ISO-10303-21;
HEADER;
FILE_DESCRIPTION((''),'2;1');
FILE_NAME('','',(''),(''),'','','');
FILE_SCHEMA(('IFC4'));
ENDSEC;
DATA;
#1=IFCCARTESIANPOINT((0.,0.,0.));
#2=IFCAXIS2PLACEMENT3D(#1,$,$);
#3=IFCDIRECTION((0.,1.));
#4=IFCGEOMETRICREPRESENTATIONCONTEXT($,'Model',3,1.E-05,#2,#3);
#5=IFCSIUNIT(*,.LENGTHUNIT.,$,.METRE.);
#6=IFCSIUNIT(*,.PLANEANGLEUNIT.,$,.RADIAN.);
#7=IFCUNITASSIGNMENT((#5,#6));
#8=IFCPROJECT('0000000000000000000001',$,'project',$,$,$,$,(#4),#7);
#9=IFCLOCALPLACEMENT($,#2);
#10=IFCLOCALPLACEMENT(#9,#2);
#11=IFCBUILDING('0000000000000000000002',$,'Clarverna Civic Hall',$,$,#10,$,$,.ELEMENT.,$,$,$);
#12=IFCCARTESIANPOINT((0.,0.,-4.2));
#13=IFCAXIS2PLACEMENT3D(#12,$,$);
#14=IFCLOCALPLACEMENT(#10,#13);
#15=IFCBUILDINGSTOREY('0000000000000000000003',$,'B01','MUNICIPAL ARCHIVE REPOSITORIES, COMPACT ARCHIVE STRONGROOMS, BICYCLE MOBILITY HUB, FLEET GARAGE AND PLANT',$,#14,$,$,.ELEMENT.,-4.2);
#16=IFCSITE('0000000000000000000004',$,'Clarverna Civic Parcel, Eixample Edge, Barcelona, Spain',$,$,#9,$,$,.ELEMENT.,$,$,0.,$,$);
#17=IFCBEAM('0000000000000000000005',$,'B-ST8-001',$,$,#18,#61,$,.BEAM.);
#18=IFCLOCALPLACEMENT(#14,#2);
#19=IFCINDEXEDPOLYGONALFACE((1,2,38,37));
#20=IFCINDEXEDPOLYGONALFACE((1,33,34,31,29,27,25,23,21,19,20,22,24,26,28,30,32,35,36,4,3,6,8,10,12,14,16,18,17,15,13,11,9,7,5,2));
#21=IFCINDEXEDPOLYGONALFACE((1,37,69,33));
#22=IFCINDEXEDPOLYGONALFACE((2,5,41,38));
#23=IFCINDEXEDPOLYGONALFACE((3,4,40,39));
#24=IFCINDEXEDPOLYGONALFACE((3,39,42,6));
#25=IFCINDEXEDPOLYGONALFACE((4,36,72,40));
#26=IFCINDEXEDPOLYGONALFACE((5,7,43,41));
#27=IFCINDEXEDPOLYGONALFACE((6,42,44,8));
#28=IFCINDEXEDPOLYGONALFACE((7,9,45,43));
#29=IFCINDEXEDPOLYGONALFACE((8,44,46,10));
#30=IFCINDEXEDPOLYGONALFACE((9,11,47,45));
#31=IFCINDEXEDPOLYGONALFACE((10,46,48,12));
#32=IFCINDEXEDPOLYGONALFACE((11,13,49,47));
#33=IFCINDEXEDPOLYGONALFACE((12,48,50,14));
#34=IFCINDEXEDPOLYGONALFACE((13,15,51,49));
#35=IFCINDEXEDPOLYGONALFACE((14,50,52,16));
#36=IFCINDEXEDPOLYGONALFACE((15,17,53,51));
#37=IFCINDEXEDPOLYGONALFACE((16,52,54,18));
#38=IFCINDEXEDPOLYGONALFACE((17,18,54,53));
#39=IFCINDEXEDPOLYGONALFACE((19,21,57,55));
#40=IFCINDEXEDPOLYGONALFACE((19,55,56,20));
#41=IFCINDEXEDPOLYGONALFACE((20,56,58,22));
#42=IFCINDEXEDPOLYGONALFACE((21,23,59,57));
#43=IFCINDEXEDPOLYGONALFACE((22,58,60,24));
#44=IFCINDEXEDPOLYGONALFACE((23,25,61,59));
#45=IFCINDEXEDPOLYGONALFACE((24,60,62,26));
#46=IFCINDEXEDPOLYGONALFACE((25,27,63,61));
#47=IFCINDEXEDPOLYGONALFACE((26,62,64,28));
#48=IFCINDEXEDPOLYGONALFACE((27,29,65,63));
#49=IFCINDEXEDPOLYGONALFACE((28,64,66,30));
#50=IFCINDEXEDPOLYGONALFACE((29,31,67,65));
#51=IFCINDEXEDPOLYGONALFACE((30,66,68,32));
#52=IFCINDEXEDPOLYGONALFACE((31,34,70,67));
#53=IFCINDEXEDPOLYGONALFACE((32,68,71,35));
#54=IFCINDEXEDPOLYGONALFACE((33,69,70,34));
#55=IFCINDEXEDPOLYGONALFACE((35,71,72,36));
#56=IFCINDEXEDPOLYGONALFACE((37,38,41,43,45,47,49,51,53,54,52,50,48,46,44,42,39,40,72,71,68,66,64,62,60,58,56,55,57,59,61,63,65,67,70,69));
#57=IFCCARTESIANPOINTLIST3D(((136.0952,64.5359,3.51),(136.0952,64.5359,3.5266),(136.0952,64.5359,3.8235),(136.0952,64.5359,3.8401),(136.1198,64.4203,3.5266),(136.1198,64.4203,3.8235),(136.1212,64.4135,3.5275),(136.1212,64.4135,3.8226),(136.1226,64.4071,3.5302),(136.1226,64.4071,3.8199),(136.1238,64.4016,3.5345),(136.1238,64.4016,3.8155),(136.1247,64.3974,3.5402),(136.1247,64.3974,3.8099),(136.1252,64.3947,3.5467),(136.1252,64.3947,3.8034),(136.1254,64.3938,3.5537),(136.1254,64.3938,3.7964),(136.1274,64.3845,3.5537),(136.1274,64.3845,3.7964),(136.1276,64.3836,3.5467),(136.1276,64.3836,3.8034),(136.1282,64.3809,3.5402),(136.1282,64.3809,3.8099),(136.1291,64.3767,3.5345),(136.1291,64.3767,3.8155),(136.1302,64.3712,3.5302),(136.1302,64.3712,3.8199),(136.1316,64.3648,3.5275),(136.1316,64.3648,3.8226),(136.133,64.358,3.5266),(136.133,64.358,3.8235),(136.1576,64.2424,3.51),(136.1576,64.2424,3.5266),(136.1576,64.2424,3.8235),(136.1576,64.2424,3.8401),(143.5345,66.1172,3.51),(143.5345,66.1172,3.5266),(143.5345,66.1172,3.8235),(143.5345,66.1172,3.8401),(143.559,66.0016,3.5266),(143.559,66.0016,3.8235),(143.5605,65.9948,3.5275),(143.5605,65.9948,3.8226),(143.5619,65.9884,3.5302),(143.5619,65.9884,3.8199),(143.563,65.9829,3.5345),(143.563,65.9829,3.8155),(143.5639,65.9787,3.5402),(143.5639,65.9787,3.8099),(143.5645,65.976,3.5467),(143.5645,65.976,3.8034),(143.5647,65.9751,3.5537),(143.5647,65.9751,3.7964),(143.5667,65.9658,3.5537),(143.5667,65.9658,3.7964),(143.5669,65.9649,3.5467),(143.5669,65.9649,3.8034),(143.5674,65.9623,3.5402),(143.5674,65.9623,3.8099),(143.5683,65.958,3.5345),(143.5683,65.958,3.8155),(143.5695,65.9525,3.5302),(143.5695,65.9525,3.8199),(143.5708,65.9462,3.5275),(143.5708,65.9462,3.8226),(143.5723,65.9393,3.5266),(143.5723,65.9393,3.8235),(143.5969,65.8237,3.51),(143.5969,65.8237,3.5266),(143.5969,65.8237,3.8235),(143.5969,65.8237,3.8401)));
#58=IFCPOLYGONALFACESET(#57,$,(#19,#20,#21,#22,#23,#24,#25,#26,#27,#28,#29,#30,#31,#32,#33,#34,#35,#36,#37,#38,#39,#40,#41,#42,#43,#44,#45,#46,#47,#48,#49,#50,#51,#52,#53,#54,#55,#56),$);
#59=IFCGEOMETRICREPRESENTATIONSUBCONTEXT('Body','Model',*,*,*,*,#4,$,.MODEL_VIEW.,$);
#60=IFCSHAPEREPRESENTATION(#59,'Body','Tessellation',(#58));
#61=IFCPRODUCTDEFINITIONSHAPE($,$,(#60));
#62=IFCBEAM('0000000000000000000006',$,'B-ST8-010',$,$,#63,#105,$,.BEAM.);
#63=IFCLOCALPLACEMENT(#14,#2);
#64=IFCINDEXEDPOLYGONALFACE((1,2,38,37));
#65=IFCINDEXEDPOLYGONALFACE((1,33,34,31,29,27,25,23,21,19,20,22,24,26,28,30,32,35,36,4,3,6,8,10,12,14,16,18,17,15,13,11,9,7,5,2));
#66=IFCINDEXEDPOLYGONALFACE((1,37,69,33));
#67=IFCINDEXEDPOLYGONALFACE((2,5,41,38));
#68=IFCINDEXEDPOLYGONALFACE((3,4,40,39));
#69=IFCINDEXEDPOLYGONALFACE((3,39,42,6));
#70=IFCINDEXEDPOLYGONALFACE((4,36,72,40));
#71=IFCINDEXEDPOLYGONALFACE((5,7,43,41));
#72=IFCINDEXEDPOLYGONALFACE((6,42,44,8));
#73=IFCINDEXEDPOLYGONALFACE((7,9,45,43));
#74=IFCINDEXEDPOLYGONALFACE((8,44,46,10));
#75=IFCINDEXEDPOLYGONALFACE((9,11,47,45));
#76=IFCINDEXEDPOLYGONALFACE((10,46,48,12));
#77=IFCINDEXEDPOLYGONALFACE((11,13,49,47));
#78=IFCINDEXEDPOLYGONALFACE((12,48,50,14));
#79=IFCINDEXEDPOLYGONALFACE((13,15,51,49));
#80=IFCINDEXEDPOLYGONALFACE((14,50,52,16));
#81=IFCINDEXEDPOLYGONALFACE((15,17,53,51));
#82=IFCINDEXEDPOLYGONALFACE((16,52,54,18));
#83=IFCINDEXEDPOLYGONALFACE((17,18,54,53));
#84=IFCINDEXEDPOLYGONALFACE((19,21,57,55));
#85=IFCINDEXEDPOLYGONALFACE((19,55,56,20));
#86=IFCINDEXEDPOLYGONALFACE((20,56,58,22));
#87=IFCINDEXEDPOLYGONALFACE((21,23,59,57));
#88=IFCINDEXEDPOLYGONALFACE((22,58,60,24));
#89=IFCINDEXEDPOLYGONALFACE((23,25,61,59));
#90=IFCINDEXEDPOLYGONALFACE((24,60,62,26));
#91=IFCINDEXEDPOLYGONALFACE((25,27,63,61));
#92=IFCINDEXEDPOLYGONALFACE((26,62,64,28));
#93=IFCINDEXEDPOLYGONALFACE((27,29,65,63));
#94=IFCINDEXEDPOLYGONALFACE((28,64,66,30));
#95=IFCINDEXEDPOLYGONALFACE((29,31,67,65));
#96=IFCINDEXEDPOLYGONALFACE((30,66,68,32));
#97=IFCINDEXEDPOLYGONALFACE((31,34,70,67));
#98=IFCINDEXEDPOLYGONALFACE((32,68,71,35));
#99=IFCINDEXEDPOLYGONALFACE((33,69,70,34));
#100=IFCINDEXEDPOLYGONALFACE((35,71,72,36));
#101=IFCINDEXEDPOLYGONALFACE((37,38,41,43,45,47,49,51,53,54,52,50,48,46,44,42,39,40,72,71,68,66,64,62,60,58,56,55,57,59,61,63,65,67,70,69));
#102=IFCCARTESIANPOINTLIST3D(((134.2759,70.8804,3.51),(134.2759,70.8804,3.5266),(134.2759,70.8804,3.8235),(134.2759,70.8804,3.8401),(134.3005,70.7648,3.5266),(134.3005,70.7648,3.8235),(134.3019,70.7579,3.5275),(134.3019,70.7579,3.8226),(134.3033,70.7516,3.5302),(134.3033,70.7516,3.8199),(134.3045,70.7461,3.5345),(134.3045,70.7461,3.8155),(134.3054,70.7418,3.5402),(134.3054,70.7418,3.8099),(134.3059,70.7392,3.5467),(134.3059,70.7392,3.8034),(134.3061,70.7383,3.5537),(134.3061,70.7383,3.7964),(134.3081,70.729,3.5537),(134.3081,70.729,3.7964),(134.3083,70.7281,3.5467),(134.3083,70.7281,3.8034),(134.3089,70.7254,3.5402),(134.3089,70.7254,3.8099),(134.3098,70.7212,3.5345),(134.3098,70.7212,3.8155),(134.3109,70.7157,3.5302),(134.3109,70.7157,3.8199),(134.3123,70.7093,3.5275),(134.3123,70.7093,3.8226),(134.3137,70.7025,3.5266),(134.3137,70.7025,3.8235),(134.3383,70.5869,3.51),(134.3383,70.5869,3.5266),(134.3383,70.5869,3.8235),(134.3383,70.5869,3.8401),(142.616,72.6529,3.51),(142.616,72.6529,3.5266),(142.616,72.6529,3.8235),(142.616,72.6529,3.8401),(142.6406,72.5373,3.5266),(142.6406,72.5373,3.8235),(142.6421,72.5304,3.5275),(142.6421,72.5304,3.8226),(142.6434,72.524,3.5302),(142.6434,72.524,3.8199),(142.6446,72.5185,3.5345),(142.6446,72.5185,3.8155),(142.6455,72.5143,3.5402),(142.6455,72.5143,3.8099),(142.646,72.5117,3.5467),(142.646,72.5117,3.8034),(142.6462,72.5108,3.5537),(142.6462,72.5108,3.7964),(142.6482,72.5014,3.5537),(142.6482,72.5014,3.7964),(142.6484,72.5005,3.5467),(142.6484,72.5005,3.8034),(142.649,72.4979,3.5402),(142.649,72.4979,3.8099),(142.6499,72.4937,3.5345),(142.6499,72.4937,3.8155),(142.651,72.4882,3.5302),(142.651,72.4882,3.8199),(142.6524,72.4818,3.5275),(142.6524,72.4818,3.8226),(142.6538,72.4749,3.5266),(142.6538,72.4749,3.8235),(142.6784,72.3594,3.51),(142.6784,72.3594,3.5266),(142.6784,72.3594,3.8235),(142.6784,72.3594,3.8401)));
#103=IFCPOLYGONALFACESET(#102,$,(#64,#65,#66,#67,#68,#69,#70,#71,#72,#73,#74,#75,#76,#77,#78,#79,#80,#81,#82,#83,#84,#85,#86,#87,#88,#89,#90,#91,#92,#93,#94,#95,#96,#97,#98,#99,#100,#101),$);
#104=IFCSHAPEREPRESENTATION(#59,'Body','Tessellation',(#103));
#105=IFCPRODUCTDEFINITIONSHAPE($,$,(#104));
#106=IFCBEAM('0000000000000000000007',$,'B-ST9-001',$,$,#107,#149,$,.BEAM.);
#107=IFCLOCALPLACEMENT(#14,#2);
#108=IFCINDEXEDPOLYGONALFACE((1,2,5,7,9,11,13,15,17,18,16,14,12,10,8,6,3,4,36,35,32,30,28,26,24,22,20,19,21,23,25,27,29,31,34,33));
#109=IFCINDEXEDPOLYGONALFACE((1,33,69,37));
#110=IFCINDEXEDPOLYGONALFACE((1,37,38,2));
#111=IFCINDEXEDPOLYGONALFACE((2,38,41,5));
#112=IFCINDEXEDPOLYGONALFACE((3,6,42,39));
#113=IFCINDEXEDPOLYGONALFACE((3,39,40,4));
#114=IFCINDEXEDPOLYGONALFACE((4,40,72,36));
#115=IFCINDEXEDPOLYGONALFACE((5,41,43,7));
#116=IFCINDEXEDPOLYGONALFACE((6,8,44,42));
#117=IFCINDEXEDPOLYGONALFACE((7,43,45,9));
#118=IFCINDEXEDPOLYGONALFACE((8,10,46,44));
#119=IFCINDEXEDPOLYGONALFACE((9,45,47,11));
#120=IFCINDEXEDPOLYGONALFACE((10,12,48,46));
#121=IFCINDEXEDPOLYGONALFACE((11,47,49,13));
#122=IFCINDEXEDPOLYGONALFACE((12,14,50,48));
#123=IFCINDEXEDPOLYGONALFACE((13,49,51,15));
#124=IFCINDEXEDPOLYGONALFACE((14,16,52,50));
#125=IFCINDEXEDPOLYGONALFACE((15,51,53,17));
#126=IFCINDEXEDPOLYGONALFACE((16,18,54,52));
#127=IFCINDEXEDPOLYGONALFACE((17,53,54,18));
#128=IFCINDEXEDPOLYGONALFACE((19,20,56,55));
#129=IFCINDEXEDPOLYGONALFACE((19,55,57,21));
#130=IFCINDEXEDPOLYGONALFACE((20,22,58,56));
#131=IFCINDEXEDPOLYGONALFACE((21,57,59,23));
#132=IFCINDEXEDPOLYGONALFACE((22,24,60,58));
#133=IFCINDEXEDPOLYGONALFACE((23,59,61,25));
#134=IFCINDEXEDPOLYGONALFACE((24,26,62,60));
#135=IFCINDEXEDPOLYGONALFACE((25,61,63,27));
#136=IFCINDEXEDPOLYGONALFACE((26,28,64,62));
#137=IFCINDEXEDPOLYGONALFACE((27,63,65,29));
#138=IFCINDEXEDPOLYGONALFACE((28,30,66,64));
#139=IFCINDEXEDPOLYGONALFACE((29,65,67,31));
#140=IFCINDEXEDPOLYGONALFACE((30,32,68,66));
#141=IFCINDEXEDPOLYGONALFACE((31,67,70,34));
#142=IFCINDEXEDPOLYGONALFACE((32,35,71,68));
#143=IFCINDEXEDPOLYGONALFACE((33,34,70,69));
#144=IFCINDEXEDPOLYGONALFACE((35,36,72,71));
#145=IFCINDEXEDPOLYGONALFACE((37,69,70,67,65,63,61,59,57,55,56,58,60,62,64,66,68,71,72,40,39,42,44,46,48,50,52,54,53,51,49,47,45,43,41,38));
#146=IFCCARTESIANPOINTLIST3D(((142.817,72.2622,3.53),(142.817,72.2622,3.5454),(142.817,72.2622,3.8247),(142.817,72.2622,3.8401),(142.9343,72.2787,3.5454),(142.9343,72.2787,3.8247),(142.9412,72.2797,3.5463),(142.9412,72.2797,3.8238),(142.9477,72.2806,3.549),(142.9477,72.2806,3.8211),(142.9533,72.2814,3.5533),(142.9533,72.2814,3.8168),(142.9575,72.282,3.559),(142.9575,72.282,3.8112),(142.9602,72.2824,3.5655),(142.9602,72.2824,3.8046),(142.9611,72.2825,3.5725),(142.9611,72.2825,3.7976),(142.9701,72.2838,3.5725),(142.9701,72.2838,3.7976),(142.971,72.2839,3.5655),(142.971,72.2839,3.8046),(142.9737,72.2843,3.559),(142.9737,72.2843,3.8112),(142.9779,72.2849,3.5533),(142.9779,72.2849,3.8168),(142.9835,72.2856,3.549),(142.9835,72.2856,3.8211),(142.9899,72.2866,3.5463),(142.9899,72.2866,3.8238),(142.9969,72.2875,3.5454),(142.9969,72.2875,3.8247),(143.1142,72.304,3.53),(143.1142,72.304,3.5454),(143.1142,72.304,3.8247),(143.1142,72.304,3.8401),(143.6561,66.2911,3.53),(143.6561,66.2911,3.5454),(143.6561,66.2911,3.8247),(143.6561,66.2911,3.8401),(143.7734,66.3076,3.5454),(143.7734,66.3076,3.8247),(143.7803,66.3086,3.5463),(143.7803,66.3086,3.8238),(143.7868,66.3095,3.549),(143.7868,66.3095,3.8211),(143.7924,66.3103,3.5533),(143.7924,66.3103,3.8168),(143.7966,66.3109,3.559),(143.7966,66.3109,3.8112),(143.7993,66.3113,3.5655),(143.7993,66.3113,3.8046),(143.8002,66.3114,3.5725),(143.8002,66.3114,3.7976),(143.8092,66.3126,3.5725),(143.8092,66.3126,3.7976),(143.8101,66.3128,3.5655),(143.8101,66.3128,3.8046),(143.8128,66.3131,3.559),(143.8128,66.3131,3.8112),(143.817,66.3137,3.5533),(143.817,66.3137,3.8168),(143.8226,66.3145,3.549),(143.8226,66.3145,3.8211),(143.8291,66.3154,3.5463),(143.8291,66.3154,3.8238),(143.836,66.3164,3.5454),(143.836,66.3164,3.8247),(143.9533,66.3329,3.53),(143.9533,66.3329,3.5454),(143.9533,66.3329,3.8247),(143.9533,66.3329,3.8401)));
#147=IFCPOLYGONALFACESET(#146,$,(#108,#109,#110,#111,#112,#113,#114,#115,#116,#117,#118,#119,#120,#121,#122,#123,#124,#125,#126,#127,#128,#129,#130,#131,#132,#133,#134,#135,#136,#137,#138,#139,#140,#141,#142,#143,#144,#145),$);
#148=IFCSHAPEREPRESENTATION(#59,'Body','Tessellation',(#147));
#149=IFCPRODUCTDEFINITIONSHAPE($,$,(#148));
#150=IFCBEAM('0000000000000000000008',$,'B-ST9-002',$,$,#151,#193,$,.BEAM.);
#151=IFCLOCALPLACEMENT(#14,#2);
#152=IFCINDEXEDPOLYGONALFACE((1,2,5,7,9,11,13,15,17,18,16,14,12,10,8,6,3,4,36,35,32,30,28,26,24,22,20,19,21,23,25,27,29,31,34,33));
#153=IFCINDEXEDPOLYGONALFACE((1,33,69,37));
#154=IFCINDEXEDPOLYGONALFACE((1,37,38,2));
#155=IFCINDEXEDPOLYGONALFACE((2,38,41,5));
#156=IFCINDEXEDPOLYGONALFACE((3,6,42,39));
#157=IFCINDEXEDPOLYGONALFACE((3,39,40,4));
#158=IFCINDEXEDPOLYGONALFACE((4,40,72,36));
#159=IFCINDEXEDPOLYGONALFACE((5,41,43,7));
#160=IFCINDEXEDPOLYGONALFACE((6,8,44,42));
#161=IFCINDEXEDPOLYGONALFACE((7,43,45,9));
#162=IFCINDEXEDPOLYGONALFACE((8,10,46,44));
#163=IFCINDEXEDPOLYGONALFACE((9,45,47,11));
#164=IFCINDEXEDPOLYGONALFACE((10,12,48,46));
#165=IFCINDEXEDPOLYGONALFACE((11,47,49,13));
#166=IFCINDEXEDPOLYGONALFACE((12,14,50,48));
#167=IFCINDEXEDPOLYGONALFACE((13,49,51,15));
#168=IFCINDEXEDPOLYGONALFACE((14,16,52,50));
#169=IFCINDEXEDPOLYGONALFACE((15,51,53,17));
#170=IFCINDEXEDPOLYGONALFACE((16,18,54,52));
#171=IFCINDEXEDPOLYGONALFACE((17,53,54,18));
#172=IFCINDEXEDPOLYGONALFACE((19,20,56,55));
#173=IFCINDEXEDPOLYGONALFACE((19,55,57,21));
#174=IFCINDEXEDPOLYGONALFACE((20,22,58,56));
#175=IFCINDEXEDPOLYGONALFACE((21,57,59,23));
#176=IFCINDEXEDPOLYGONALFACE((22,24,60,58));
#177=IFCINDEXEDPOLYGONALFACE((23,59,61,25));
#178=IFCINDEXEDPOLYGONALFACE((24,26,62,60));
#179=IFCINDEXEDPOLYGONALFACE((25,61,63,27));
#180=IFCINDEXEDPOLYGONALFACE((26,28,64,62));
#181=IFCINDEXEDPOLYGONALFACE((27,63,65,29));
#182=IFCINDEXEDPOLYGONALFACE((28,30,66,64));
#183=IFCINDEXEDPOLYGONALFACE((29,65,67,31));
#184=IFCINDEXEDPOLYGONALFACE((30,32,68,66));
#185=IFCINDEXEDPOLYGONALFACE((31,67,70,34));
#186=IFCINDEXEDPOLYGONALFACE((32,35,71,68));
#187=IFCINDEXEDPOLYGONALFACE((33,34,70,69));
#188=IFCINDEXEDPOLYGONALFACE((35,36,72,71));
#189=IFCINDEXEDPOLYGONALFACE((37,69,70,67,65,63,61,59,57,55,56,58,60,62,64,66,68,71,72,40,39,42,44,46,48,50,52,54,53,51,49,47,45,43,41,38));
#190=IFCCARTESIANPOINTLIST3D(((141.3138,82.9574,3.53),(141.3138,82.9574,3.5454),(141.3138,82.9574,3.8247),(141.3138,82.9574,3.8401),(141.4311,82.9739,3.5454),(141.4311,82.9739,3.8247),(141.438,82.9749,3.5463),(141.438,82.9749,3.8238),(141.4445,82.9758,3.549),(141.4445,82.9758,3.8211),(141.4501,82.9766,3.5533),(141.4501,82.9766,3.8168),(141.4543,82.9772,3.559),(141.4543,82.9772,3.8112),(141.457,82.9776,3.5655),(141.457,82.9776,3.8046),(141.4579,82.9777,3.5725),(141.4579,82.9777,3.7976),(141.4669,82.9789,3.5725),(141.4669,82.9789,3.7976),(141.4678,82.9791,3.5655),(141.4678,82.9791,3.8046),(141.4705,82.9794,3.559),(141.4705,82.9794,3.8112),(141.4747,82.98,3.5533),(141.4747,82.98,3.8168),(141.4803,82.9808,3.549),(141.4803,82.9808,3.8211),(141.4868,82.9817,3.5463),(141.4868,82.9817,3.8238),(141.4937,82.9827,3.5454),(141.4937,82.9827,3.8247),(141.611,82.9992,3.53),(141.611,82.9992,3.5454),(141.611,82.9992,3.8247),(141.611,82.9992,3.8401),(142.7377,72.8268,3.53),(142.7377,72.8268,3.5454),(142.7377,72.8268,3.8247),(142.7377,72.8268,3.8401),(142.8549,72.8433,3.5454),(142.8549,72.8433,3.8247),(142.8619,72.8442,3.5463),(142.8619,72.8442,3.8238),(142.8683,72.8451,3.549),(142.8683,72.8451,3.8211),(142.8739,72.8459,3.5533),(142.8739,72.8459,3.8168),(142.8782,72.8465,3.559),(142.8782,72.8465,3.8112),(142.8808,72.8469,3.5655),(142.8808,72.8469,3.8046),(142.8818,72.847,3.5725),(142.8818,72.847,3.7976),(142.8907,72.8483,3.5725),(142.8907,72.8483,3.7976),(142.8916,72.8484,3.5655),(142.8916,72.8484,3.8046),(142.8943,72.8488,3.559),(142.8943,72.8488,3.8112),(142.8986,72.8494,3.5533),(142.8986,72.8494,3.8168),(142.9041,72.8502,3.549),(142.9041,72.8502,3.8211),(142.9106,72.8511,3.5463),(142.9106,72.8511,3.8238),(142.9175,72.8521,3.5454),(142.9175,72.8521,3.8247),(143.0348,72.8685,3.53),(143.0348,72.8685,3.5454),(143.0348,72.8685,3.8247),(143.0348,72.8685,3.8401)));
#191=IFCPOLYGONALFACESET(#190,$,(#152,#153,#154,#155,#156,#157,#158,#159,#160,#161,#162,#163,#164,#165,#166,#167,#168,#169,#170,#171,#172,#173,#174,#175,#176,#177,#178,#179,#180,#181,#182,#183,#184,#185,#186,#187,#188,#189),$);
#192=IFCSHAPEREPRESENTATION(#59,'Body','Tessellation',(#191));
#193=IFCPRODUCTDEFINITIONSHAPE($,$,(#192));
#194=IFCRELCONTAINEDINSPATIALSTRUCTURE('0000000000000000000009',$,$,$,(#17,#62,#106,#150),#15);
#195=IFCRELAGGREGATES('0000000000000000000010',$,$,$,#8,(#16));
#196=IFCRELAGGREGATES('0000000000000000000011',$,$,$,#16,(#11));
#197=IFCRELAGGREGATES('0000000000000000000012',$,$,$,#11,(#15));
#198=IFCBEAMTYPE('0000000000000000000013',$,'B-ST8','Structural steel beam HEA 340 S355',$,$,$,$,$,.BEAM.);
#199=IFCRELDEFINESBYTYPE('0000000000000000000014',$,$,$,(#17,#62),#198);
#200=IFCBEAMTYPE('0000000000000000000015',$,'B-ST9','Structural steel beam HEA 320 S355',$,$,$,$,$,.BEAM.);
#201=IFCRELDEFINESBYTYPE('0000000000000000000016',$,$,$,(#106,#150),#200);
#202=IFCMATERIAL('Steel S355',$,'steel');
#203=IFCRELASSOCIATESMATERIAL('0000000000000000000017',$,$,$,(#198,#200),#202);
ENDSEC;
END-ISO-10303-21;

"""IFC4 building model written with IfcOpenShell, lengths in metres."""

from ifc_helpers import new_model, si_unit, direction, frame, origin, origin_2d, place, context, subcontext, project, spatial, i_section, extrude, material, material_profile, profile_set, type_object, element, save


model = new_model("IFC4")

# Units and contexts
model_context = context("Model", 3, precision=1e-05, world=origin(), true_north=direction((0.0, 1.0)))
body_context = subcontext(model_context, "Body", "Model", "MODEL_VIEW")
ifc_project = project(units=[si_unit("LENGTHUNIT", "METRE"), si_unit("PLANEANGLEUNIT", "RADIAN")], contexts=[model_context])

# Site, building, storey
site_placement = place(None, origin())
site = spatial("IfcSite", under=ifc_project, at=site_placement, Name="Clarverna Civic Parcel, Eixample Edge, Barcelona, Spain", CompositionType="ELEMENT", RefElevation=0.0)
building_placement = place(site_placement, origin())
building = spatial("IfcBuilding", under=site, at=building_placement, Name="Clarverna Civic Hall", CompositionType="ELEMENT")
storey_placement = place(building_placement, frame((0.0, 0.0, -4.2)))
storey = spatial("IfcBuildingStorey", under=building, at=storey_placement, Name="B01", Description="MUNICIPAL ARCHIVE REPOSITORIES, COMPACT ARCHIVE STRONGROOMS, BICYCLE MOBILITY HUB, FLEET GARAGE AND PLANT", CompositionType="ELEMENT", Elevation=-4.2)

# Beams
ifc_material_1 = material(Name="Steel S355", Category="steel")
ifc_material_profile_1 = material_profile(ifc_material_1, i_section(OverallWidth=0.3, OverallDepth=0.3301, WebThickness=0.0095, FlangeThickness=0.0166, FilletRadius=0.0271, at=origin_2d()), Name="HEA 340")
ifc_profile_set_1 = profile_set([ifc_material_profile_1], Name="Steel S355")
beam_type_1 = type_object("IfcBeamType", Name="B-ST8", Description="Structural steel beam HEA 340 S355", PredefinedType="BEAM", material=ifc_profile_set_1)
beam_1_placement = place(storey_placement, frame((143.5657, 65.9705, 3.675), z_axis=(-0.978146, -0.207917, 0.0), x_axis=(0.207917, -0.978146, 0.0)))
element("IfcBeam", 1, at=beam_1_placement, inside=storey, type_object=beam_type_1, Name="B-ST8-001", PredefinedType="BEAM", context=body_context, shape_type="SweptSolid", body=[
    extrude(i_section(OverallWidth=0.3, OverallDepth=0.3301, WebThickness=0.0095, FlangeThickness=0.0166, FilletRadius=0.0271, at=origin_2d()), origin(), (0.0, 0.0, 1.0), 7.6055),
])
beam_2_placement = place(storey_placement, frame((142.6472, 72.5061, 3.675), z_axis=(-0.978154, -0.20788, 0.0), x_axis=(0.20788, -0.978154, 0.0)))
element("IfcBeam", 2, at=beam_2_placement, inside=storey, type_object=beam_type_1, Name="B-ST8-010", PredefinedType="BEAM", context=body_context, shape_type="SweptSolid", body=[
    extrude(i_section(OverallWidth=0.3, OverallDepth=0.3301, WebThickness=0.0095, FlangeThickness=0.0166, FilletRadius=0.0271, at=origin_2d()), origin(), (0.0, 0.0, 1.0), 8.5264),
])
ifc_material_profile_2 = material_profile(ifc_material_1, i_section(OverallWidth=0.3, OverallDepth=0.3101, WebThickness=0.009, FlangeThickness=0.0154, FilletRadius=0.0271, at=origin_2d()), Name="HEA 320")
ifc_profile_set_2 = profile_set([ifc_material_profile_2], Name="Steel S355")
beam_type_2 = type_object("IfcBeamType", Name="B-ST9", Description="Structural steel beam HEA 320 S355", PredefinedType="BEAM", material=ifc_profile_set_2)
beam_3_placement = place(storey_placement, frame((143.8047, 66.312, 3.6851), z_axis=(-0.139159, 0.99027, 0.0), x_axis=(-0.99027, -0.139159, 0.0)))
element("IfcBeam", 3, at=beam_3_placement, inside=storey, type_object=beam_type_2, Name="B-ST9-001", PredefinedType="BEAM", context=body_context, shape_type="SweptSolid", body=[
    extrude(i_section(OverallWidth=0.3, OverallDepth=0.3101, WebThickness=0.009, FlangeThickness=0.0154, FilletRadius=0.0271, at=origin_2d()), origin(), (0.0, 0.0, 1.0), 6.0298),
])
beam_4_placement = place(storey_placement, frame((142.8862, 72.8477, 3.6851), z_axis=(-0.139179, 0.990267, 0.0), x_axis=(-0.990267, -0.139179, 0.0)))
element("IfcBeam", 4, at=beam_4_placement, inside=storey, type_object=beam_type_2, Name="B-ST9-002", PredefinedType="BEAM", context=body_context, shape_type="SweptSolid", body=[
    extrude(i_section(OverallWidth=0.3, OverallDepth=0.3101, WebThickness=0.009, FlangeThickness=0.0154, FilletRadius=0.0271, at=origin_2d()), origin(), (0.0, 0.0, 1.0), 10.2302),
])

save(model, "model.ifc")
